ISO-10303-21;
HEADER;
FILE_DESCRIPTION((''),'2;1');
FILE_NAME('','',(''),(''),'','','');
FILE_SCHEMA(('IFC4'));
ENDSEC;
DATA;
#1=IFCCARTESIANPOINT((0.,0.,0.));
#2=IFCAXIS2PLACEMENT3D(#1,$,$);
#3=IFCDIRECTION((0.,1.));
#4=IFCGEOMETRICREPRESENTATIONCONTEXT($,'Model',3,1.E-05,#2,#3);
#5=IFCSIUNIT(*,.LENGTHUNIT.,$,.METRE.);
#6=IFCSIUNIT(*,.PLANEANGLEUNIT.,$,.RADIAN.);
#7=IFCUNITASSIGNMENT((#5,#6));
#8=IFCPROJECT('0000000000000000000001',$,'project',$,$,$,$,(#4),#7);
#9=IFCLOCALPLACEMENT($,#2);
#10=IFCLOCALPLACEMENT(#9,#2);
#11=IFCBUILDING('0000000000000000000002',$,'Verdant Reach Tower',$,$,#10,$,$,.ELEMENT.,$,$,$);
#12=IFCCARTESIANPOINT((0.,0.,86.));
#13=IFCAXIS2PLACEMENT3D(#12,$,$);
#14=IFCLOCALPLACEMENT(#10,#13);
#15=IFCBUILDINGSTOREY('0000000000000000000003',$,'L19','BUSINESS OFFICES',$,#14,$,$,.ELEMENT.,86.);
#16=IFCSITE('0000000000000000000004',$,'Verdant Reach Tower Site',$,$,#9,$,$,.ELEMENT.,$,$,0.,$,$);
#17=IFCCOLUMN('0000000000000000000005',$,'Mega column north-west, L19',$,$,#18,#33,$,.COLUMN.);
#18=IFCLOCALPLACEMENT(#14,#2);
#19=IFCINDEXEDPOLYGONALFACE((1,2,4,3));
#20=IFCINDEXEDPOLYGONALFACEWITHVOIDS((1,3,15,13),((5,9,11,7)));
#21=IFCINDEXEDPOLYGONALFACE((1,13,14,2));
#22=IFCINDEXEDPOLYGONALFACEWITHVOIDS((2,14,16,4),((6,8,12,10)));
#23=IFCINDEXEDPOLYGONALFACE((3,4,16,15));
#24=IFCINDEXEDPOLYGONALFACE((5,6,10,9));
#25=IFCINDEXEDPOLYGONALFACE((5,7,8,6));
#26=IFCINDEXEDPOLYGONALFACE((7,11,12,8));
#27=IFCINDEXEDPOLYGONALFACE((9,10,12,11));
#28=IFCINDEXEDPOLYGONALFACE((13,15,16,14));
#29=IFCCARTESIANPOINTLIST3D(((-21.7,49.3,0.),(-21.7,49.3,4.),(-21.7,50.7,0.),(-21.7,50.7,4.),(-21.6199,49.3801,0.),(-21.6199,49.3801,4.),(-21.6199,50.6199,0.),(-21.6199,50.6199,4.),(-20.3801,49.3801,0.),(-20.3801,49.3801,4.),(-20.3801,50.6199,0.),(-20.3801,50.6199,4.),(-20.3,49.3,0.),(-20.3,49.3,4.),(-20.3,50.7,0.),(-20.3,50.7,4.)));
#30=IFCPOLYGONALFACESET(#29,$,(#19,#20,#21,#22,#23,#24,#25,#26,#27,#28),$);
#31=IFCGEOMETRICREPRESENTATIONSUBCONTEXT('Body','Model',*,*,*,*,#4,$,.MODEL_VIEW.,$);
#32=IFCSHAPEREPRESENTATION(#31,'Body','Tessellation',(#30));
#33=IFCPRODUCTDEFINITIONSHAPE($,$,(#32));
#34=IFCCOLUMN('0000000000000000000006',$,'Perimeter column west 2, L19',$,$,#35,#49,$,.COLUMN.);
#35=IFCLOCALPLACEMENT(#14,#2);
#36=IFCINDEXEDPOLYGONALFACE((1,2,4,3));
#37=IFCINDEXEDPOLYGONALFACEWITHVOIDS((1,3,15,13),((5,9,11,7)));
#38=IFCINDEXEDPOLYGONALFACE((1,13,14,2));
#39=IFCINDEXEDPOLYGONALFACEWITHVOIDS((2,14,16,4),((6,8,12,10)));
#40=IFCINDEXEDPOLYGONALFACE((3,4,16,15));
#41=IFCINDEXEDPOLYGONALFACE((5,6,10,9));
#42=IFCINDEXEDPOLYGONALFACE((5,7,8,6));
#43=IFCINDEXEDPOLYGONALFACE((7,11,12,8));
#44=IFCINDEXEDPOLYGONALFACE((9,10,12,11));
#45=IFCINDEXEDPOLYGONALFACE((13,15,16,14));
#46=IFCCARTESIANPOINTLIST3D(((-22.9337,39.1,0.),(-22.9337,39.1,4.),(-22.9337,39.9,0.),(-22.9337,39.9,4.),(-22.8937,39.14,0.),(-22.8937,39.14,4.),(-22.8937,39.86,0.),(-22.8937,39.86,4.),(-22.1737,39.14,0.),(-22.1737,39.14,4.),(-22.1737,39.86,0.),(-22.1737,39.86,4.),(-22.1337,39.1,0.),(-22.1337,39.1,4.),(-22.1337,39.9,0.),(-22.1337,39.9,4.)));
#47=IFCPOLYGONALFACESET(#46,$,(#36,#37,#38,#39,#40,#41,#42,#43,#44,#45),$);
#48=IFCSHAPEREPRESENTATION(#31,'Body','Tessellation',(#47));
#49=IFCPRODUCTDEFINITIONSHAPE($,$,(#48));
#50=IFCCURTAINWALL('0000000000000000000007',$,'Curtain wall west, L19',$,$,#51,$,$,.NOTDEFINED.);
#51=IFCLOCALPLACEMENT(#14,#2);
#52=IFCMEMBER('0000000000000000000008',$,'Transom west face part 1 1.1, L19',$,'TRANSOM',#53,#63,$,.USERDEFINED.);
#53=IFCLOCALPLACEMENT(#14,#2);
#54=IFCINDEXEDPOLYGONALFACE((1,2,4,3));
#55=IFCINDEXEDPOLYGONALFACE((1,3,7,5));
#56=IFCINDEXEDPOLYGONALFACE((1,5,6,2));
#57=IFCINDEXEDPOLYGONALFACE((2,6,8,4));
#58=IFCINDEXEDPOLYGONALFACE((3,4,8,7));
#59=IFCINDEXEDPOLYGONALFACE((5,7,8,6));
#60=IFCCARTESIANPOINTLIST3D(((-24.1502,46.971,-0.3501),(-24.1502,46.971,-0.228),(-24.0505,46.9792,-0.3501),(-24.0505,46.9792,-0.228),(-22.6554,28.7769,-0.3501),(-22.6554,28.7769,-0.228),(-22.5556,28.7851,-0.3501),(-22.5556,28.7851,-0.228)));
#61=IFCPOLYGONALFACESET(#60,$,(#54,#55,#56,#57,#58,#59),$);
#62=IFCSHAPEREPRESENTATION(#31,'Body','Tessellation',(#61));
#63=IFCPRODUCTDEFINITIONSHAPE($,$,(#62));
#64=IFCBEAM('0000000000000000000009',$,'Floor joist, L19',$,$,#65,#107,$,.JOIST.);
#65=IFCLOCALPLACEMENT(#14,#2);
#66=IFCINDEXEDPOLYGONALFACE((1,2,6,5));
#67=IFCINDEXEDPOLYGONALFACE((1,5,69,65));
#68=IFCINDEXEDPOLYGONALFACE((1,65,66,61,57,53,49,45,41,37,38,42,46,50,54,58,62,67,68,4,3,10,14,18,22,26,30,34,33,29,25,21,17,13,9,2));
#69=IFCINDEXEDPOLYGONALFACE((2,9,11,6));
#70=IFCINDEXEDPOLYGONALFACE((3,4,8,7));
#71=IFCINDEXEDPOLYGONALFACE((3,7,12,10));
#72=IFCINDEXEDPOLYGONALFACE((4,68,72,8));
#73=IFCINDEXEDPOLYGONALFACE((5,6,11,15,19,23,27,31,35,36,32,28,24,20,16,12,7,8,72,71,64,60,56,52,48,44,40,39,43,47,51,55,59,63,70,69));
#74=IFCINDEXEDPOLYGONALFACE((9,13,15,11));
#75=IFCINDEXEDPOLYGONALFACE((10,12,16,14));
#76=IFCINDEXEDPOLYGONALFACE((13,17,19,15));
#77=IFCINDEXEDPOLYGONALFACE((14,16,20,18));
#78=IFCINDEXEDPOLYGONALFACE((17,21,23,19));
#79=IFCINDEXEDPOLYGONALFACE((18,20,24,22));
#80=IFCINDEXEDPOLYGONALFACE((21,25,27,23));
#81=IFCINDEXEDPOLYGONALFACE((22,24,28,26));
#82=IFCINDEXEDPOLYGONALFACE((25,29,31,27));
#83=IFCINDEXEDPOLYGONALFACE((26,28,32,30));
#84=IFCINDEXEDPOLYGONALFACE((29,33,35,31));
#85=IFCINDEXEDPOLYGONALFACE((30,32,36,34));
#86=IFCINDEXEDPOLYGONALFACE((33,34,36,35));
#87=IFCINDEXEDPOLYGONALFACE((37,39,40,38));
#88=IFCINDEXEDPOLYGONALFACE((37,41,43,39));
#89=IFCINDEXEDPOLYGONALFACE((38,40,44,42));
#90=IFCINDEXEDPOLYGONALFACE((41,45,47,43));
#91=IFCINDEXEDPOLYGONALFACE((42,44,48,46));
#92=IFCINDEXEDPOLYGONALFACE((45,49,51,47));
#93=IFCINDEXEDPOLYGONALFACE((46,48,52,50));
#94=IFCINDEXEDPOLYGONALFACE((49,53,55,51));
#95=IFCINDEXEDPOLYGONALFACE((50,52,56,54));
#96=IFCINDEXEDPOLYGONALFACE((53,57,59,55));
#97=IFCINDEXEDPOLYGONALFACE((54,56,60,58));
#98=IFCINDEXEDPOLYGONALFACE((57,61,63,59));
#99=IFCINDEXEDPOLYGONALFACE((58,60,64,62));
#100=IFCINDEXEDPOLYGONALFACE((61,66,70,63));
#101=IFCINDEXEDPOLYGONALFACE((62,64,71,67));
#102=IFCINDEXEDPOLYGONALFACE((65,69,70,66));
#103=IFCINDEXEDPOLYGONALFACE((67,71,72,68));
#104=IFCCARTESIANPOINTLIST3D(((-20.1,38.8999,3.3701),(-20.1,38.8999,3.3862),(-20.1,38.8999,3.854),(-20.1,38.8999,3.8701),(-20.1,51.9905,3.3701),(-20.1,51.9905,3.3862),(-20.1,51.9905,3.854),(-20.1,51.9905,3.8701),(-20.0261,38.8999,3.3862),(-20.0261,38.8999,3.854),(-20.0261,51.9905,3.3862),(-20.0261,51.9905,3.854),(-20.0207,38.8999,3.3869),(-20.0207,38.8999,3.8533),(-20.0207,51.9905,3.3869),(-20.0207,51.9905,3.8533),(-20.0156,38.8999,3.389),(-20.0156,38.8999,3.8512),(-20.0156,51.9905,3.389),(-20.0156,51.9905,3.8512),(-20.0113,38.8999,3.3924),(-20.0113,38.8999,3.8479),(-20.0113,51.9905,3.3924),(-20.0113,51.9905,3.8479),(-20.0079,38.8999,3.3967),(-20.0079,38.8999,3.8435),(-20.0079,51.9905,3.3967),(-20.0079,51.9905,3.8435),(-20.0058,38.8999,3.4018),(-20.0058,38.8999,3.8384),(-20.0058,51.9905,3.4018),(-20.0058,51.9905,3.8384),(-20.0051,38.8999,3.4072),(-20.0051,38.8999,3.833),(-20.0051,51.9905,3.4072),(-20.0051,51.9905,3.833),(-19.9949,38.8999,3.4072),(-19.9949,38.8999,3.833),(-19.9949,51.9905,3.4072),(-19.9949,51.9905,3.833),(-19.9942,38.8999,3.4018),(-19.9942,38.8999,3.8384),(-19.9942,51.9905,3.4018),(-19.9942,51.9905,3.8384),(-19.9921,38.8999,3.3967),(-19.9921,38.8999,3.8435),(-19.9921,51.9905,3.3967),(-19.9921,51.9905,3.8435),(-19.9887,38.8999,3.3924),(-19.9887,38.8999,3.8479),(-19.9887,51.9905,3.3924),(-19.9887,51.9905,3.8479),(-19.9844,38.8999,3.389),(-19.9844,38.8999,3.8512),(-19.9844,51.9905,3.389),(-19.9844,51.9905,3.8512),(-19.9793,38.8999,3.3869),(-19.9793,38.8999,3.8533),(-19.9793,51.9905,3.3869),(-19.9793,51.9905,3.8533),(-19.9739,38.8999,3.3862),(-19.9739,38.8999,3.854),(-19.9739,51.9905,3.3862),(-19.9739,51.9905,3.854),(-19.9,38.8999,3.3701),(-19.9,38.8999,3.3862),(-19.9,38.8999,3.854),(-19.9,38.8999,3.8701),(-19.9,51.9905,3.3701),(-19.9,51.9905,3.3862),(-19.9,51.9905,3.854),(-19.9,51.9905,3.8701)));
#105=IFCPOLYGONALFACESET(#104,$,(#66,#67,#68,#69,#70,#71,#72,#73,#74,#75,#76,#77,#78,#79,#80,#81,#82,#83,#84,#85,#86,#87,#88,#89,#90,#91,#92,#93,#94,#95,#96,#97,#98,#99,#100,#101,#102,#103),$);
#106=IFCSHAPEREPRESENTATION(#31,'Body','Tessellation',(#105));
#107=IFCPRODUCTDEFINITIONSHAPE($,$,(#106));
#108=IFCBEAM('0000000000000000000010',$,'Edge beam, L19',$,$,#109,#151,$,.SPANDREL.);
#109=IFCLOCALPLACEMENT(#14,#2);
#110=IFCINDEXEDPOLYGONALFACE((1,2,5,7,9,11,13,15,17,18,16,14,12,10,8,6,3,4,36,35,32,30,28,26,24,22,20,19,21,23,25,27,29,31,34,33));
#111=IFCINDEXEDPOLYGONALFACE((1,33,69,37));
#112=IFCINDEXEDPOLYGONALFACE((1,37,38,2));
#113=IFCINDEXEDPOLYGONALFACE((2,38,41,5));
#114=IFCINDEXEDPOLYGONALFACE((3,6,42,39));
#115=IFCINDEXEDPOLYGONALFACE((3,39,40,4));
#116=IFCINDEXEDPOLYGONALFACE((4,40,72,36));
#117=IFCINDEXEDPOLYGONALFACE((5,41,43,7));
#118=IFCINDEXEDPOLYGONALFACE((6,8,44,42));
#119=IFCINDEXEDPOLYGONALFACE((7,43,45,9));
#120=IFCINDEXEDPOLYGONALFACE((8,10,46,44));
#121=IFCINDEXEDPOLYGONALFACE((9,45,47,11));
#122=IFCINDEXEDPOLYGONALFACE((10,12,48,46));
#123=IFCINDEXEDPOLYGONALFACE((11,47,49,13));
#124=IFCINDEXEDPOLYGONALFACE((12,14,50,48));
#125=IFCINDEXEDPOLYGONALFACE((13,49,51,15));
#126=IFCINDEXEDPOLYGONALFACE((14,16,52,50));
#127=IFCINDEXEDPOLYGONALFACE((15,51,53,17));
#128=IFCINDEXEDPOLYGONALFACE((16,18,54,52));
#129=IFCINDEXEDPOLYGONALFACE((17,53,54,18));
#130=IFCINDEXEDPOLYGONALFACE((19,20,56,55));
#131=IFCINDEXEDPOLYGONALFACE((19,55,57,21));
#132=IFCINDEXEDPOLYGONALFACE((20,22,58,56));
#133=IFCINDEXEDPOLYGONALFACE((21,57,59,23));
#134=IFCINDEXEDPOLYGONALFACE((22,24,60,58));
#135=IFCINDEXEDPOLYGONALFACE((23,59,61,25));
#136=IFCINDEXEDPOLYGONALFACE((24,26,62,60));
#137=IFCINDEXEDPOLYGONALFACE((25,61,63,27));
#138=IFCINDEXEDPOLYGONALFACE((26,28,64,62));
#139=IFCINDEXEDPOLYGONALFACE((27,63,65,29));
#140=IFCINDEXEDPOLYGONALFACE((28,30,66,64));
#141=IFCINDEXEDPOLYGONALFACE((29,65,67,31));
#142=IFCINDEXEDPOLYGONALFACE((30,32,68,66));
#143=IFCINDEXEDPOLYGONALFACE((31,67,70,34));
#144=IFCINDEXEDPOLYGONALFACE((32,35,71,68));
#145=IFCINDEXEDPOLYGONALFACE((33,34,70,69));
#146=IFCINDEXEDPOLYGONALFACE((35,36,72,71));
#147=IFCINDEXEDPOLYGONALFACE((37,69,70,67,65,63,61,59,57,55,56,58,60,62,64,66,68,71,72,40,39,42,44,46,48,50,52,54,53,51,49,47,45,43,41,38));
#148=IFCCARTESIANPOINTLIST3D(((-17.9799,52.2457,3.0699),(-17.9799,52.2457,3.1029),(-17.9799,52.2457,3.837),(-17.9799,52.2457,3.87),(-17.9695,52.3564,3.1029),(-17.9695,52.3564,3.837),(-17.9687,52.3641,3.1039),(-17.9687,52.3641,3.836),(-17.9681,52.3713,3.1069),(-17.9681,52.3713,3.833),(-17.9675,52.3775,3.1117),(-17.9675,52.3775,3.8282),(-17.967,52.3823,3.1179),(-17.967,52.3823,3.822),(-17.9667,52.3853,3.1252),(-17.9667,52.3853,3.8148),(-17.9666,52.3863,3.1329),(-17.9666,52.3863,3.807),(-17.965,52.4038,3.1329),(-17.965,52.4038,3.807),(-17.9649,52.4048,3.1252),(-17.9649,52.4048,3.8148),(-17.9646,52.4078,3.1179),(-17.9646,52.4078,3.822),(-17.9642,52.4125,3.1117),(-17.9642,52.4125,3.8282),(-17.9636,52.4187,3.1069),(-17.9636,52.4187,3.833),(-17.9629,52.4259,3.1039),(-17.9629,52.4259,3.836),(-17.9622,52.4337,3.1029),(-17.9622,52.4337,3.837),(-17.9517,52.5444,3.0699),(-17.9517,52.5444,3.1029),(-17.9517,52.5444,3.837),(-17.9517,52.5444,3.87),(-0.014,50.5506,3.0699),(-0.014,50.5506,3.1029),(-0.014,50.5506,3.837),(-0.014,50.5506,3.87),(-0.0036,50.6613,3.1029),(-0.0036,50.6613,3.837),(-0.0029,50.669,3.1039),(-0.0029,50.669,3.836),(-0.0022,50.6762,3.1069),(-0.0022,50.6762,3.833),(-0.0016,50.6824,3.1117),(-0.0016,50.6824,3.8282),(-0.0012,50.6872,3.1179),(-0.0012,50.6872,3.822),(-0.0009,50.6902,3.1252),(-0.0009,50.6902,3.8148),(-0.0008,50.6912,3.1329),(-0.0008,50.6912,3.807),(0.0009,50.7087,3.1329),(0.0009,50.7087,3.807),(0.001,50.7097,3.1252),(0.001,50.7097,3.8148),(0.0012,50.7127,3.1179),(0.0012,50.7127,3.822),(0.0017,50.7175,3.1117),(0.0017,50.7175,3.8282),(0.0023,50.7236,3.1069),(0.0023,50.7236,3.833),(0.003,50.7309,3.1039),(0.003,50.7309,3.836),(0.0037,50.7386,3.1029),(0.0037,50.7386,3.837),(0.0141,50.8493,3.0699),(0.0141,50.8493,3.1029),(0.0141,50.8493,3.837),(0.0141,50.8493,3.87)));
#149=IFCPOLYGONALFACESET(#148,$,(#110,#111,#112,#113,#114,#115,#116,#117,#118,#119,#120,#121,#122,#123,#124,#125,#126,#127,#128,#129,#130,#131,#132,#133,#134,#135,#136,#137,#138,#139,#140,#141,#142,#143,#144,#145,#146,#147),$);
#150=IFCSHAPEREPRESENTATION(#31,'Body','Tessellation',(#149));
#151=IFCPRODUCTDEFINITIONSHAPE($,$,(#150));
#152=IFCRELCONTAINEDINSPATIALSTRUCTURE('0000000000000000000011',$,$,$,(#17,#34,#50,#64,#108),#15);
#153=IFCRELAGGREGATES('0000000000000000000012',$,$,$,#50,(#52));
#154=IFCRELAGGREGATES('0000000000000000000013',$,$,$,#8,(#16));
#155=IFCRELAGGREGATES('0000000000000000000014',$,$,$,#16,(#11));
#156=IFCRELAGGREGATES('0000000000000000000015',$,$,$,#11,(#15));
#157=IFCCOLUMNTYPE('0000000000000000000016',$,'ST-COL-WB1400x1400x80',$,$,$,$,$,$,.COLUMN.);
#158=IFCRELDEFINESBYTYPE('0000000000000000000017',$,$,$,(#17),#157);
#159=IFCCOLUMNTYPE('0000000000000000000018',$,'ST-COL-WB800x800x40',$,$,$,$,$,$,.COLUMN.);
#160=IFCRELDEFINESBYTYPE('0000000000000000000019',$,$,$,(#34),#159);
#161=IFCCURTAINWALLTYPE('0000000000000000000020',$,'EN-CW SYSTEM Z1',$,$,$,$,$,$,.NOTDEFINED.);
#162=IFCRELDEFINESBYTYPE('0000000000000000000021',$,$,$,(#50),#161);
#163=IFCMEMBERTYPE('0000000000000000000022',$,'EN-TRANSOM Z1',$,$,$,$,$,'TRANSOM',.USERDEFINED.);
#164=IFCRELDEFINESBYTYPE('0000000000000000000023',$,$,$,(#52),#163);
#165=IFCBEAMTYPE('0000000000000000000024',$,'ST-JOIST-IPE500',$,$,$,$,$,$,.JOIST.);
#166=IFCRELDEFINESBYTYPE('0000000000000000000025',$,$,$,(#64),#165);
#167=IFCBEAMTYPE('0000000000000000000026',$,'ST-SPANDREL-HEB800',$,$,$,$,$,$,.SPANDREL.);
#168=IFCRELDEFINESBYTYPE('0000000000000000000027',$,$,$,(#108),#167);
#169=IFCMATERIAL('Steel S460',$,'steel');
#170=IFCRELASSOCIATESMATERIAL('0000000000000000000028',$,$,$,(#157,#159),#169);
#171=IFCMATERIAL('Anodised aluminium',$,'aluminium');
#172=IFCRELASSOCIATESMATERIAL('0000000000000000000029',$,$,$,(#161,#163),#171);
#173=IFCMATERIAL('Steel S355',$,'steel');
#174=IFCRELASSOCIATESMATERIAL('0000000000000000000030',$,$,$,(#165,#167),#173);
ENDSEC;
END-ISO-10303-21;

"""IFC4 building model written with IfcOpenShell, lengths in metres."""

from ifc_helpers import new_model, si_unit, direction, frame, origin, origin_2d, place, context, subcontext, project, spatial, rectangle, hollow_rectangle, i_section, extrude, material, material_profile, profile_set, type_object, element, aggregate, save


model = new_model("IFC4")

# Units and contexts
model_context = context("Model", 3, precision=1e-05, world=origin(), true_north=direction((0.0, 1.0)))
body_context = subcontext(model_context, "Body", "Model", "MODEL_VIEW")
ifc_project = project(units=[si_unit("LENGTHUNIT", "METRE"), si_unit("PLANEANGLEUNIT", "RADIAN")], contexts=[model_context])

# Site, building, storey
site_placement = place(None, origin())
site = spatial("IfcSite", under=ifc_project, at=site_placement, Name="Verdant Reach Tower Site", CompositionType="ELEMENT", RefElevation=0.0)
building_placement = place(site_placement, origin())
building = spatial("IfcBuilding", under=site, at=building_placement, Name="Verdant Reach Tower", CompositionType="ELEMENT")
storey_placement = place(building_placement, frame((0.0, 0.0, 86.0)))
storey = spatial("IfcBuildingStorey", under=building, at=storey_placement, Name="L19", Description="BUSINESS OFFICES", CompositionType="ELEMENT", Elevation=86.0)

# Columns
ifc_material_1 = material(Name="Steel S460", Category="steel")
ifc_material_profile_1 = material_profile(ifc_material_1, hollow_rectangle(XDim=1.3999, YDim=1.3999, WallThickness=0.0801, at=origin_2d()), Name="WB 1400x1400x80")
ifc_profile_set_1 = profile_set([ifc_material_profile_1], Name="Steel S460")
column_type_1 = type_object("IfcColumnType", Name="ST-COL-WB1400x1400x80", PredefinedType="COLUMN", material=ifc_profile_set_1)
column_1_placement = place(storey_placement, frame((-21.0, 50.0, 0.0), z_axis=(0.0, 0.0, 1.0), x_axis=(1.0, 0.0, 0.0)))
element("IfcColumn", 1, at=column_1_placement, inside=storey, type_object=column_type_1, Name="Mega column north-west, L19", PredefinedType="COLUMN", context=body_context, shape_type="SweptSolid", body=[
    extrude(hollow_rectangle(XDim=1.3999, YDim=1.3999, WallThickness=0.0801, at=origin_2d()), origin(), (0.0, 0.0, 1.0), 4.0),
])
ifc_material_profile_2 = material_profile(ifc_material_1, hollow_rectangle(XDim=0.8, YDim=0.8, WallThickness=0.04, at=origin_2d()), Name="WB 800x800x40")
ifc_profile_set_2 = profile_set([ifc_material_profile_2], Name="Steel S460")
column_type_2 = type_object("IfcColumnType", Name="ST-COL-WB800x800x40", PredefinedType="COLUMN", material=ifc_profile_set_2)
column_2_placement = place(storey_placement, frame((-22.5337, 39.5, 0.0), z_axis=(0.0, 0.0, 1.0), x_axis=(1.0, 0.0, 0.0)))
element("IfcColumn", 2, at=column_2_placement, inside=storey, type_object=column_type_2, Name="Perimeter column west 2, L19", PredefinedType="COLUMN", context=body_context, shape_type="SweptSolid", body=[
    extrude(hollow_rectangle(XDim=0.8, YDim=0.8, WallThickness=0.04, at=origin_2d()), origin(), (0.0, 0.0, 1.0), 4.0),
])

# Curtain wall, member
ifc_material_2 = material(Name="Anodised aluminium", Category="aluminium")
curtain_wall_type = type_object("IfcCurtainWallType", Name="EN-CW SYSTEM Z1", PredefinedType="NOTDEFINED", material=ifc_material_2)
curtain_wall_1_placement = place(storey_placement, origin())
curtain_wall_1 = element("IfcCurtainWall", 3, at=curtain_wall_1_placement, inside=storey, type_object=curtain_wall_type, Name="Curtain wall west, L19", PredefinedType="NOTDEFINED")
ifc_material_profile_3 = material_profile(ifc_material_2, rectangle(XDim=0.1001, YDim=0.1221, at=origin_2d()), Name="Transom 122x100")
ifc_profile_set_3 = profile_set([ifc_material_profile_3], Name="Anodised aluminium")
member_type = type_object("IfcMemberType", Name="EN-TRANSOM Z1", ElementType="TRANSOM", PredefinedType="USERDEFINED", material=ifc_profile_set_3)
member_placement = place(storey_placement, frame((-24.1003, 46.9751, -0.2891), z_axis=(0.081887, -0.996642, 0.0), x_axis=(0.996642, 0.081887, 0.0)))
member = element("IfcMember", 4, at=member_placement, type_object=member_type, Name="Transom west face part 1 1.1, L19", ObjectType="TRANSOM", PredefinedType="USERDEFINED", context=body_context, shape_type="SweptSolid", body=[
    extrude(rectangle(XDim=0.1001, YDim=0.1221, at=origin_2d()), origin(), (0.0, 0.0, 1.0), 18.2554),
])

# Beams
ifc_material_3 = material(Name="Steel S355", Category="steel")
ifc_material_profile_4 = material_profile(ifc_material_3, i_section(OverallWidth=0.2, OverallDepth=0.5, WebThickness=0.0103, FlangeThickness=0.0161, FilletRadius=0.021, at=origin_2d()), Name="IPE 500")
ifc_profile_set_4 = profile_set([ifc_material_profile_4], Name="Steel S355")
beam_type_1 = type_object("IfcBeamType", Name="ST-JOIST-IPE500", PredefinedType="JOIST", material=ifc_profile_set_4)
beam_1_placement = place(storey_placement, frame((-20.0, 38.8999, 3.6201), z_axis=(0.0, 1.0, 0.0), x_axis=(-1.0, 0.0, 0.0)))
element("IfcBeam", 5, at=beam_1_placement, inside=storey, type_object=beam_type_1, Name="Floor joist, L19", PredefinedType="JOIST", context=body_context, shape_type="SweptSolid", body=[
    extrude(i_section(OverallWidth=0.2, OverallDepth=0.5, WebThickness=0.0103, FlangeThickness=0.0161, FilletRadius=0.021, at=origin_2d()), origin(), (0.0, 0.0, 1.0), 13.0906),
])
ifc_material_profile_5 = material_profile(ifc_material_3, i_section(OverallWidth=0.3, OverallDepth=0.8, WebThickness=0.0176, FlangeThickness=0.033, FilletRadius=0.03, at=origin_2d()), Name="HEB 800")
ifc_profile_set_5 = profile_set([ifc_material_profile_5], Name="Steel S355")
beam_type_2 = type_object("IfcBeamType", Name="ST-SPANDREL-HEB800", PredefinedType="SPANDREL", material=ifc_profile_set_5)
beam_2_placement = place(storey_placement, frame((-17.9658, 52.395, 3.47), z_axis=(0.995579, -0.093932, 0.0), x_axis=(0.093932, 0.995579, 0.0)))
element("IfcBeam", 6, at=beam_2_placement, inside=storey, type_object=beam_type_2, Name="Edge beam, L19", PredefinedType="SPANDREL", context=body_context, shape_type="SweptSolid", body=[
    extrude(i_section(OverallWidth=0.3, OverallDepth=0.8, WebThickness=0.0176, FlangeThickness=0.033, FilletRadius=0.03, at=origin_2d()), origin(), (0.0, 0.0, 1.0), 18.0457),
])

aggregate(curtain_wall_1, [member])

save(model, "model.ifc")
